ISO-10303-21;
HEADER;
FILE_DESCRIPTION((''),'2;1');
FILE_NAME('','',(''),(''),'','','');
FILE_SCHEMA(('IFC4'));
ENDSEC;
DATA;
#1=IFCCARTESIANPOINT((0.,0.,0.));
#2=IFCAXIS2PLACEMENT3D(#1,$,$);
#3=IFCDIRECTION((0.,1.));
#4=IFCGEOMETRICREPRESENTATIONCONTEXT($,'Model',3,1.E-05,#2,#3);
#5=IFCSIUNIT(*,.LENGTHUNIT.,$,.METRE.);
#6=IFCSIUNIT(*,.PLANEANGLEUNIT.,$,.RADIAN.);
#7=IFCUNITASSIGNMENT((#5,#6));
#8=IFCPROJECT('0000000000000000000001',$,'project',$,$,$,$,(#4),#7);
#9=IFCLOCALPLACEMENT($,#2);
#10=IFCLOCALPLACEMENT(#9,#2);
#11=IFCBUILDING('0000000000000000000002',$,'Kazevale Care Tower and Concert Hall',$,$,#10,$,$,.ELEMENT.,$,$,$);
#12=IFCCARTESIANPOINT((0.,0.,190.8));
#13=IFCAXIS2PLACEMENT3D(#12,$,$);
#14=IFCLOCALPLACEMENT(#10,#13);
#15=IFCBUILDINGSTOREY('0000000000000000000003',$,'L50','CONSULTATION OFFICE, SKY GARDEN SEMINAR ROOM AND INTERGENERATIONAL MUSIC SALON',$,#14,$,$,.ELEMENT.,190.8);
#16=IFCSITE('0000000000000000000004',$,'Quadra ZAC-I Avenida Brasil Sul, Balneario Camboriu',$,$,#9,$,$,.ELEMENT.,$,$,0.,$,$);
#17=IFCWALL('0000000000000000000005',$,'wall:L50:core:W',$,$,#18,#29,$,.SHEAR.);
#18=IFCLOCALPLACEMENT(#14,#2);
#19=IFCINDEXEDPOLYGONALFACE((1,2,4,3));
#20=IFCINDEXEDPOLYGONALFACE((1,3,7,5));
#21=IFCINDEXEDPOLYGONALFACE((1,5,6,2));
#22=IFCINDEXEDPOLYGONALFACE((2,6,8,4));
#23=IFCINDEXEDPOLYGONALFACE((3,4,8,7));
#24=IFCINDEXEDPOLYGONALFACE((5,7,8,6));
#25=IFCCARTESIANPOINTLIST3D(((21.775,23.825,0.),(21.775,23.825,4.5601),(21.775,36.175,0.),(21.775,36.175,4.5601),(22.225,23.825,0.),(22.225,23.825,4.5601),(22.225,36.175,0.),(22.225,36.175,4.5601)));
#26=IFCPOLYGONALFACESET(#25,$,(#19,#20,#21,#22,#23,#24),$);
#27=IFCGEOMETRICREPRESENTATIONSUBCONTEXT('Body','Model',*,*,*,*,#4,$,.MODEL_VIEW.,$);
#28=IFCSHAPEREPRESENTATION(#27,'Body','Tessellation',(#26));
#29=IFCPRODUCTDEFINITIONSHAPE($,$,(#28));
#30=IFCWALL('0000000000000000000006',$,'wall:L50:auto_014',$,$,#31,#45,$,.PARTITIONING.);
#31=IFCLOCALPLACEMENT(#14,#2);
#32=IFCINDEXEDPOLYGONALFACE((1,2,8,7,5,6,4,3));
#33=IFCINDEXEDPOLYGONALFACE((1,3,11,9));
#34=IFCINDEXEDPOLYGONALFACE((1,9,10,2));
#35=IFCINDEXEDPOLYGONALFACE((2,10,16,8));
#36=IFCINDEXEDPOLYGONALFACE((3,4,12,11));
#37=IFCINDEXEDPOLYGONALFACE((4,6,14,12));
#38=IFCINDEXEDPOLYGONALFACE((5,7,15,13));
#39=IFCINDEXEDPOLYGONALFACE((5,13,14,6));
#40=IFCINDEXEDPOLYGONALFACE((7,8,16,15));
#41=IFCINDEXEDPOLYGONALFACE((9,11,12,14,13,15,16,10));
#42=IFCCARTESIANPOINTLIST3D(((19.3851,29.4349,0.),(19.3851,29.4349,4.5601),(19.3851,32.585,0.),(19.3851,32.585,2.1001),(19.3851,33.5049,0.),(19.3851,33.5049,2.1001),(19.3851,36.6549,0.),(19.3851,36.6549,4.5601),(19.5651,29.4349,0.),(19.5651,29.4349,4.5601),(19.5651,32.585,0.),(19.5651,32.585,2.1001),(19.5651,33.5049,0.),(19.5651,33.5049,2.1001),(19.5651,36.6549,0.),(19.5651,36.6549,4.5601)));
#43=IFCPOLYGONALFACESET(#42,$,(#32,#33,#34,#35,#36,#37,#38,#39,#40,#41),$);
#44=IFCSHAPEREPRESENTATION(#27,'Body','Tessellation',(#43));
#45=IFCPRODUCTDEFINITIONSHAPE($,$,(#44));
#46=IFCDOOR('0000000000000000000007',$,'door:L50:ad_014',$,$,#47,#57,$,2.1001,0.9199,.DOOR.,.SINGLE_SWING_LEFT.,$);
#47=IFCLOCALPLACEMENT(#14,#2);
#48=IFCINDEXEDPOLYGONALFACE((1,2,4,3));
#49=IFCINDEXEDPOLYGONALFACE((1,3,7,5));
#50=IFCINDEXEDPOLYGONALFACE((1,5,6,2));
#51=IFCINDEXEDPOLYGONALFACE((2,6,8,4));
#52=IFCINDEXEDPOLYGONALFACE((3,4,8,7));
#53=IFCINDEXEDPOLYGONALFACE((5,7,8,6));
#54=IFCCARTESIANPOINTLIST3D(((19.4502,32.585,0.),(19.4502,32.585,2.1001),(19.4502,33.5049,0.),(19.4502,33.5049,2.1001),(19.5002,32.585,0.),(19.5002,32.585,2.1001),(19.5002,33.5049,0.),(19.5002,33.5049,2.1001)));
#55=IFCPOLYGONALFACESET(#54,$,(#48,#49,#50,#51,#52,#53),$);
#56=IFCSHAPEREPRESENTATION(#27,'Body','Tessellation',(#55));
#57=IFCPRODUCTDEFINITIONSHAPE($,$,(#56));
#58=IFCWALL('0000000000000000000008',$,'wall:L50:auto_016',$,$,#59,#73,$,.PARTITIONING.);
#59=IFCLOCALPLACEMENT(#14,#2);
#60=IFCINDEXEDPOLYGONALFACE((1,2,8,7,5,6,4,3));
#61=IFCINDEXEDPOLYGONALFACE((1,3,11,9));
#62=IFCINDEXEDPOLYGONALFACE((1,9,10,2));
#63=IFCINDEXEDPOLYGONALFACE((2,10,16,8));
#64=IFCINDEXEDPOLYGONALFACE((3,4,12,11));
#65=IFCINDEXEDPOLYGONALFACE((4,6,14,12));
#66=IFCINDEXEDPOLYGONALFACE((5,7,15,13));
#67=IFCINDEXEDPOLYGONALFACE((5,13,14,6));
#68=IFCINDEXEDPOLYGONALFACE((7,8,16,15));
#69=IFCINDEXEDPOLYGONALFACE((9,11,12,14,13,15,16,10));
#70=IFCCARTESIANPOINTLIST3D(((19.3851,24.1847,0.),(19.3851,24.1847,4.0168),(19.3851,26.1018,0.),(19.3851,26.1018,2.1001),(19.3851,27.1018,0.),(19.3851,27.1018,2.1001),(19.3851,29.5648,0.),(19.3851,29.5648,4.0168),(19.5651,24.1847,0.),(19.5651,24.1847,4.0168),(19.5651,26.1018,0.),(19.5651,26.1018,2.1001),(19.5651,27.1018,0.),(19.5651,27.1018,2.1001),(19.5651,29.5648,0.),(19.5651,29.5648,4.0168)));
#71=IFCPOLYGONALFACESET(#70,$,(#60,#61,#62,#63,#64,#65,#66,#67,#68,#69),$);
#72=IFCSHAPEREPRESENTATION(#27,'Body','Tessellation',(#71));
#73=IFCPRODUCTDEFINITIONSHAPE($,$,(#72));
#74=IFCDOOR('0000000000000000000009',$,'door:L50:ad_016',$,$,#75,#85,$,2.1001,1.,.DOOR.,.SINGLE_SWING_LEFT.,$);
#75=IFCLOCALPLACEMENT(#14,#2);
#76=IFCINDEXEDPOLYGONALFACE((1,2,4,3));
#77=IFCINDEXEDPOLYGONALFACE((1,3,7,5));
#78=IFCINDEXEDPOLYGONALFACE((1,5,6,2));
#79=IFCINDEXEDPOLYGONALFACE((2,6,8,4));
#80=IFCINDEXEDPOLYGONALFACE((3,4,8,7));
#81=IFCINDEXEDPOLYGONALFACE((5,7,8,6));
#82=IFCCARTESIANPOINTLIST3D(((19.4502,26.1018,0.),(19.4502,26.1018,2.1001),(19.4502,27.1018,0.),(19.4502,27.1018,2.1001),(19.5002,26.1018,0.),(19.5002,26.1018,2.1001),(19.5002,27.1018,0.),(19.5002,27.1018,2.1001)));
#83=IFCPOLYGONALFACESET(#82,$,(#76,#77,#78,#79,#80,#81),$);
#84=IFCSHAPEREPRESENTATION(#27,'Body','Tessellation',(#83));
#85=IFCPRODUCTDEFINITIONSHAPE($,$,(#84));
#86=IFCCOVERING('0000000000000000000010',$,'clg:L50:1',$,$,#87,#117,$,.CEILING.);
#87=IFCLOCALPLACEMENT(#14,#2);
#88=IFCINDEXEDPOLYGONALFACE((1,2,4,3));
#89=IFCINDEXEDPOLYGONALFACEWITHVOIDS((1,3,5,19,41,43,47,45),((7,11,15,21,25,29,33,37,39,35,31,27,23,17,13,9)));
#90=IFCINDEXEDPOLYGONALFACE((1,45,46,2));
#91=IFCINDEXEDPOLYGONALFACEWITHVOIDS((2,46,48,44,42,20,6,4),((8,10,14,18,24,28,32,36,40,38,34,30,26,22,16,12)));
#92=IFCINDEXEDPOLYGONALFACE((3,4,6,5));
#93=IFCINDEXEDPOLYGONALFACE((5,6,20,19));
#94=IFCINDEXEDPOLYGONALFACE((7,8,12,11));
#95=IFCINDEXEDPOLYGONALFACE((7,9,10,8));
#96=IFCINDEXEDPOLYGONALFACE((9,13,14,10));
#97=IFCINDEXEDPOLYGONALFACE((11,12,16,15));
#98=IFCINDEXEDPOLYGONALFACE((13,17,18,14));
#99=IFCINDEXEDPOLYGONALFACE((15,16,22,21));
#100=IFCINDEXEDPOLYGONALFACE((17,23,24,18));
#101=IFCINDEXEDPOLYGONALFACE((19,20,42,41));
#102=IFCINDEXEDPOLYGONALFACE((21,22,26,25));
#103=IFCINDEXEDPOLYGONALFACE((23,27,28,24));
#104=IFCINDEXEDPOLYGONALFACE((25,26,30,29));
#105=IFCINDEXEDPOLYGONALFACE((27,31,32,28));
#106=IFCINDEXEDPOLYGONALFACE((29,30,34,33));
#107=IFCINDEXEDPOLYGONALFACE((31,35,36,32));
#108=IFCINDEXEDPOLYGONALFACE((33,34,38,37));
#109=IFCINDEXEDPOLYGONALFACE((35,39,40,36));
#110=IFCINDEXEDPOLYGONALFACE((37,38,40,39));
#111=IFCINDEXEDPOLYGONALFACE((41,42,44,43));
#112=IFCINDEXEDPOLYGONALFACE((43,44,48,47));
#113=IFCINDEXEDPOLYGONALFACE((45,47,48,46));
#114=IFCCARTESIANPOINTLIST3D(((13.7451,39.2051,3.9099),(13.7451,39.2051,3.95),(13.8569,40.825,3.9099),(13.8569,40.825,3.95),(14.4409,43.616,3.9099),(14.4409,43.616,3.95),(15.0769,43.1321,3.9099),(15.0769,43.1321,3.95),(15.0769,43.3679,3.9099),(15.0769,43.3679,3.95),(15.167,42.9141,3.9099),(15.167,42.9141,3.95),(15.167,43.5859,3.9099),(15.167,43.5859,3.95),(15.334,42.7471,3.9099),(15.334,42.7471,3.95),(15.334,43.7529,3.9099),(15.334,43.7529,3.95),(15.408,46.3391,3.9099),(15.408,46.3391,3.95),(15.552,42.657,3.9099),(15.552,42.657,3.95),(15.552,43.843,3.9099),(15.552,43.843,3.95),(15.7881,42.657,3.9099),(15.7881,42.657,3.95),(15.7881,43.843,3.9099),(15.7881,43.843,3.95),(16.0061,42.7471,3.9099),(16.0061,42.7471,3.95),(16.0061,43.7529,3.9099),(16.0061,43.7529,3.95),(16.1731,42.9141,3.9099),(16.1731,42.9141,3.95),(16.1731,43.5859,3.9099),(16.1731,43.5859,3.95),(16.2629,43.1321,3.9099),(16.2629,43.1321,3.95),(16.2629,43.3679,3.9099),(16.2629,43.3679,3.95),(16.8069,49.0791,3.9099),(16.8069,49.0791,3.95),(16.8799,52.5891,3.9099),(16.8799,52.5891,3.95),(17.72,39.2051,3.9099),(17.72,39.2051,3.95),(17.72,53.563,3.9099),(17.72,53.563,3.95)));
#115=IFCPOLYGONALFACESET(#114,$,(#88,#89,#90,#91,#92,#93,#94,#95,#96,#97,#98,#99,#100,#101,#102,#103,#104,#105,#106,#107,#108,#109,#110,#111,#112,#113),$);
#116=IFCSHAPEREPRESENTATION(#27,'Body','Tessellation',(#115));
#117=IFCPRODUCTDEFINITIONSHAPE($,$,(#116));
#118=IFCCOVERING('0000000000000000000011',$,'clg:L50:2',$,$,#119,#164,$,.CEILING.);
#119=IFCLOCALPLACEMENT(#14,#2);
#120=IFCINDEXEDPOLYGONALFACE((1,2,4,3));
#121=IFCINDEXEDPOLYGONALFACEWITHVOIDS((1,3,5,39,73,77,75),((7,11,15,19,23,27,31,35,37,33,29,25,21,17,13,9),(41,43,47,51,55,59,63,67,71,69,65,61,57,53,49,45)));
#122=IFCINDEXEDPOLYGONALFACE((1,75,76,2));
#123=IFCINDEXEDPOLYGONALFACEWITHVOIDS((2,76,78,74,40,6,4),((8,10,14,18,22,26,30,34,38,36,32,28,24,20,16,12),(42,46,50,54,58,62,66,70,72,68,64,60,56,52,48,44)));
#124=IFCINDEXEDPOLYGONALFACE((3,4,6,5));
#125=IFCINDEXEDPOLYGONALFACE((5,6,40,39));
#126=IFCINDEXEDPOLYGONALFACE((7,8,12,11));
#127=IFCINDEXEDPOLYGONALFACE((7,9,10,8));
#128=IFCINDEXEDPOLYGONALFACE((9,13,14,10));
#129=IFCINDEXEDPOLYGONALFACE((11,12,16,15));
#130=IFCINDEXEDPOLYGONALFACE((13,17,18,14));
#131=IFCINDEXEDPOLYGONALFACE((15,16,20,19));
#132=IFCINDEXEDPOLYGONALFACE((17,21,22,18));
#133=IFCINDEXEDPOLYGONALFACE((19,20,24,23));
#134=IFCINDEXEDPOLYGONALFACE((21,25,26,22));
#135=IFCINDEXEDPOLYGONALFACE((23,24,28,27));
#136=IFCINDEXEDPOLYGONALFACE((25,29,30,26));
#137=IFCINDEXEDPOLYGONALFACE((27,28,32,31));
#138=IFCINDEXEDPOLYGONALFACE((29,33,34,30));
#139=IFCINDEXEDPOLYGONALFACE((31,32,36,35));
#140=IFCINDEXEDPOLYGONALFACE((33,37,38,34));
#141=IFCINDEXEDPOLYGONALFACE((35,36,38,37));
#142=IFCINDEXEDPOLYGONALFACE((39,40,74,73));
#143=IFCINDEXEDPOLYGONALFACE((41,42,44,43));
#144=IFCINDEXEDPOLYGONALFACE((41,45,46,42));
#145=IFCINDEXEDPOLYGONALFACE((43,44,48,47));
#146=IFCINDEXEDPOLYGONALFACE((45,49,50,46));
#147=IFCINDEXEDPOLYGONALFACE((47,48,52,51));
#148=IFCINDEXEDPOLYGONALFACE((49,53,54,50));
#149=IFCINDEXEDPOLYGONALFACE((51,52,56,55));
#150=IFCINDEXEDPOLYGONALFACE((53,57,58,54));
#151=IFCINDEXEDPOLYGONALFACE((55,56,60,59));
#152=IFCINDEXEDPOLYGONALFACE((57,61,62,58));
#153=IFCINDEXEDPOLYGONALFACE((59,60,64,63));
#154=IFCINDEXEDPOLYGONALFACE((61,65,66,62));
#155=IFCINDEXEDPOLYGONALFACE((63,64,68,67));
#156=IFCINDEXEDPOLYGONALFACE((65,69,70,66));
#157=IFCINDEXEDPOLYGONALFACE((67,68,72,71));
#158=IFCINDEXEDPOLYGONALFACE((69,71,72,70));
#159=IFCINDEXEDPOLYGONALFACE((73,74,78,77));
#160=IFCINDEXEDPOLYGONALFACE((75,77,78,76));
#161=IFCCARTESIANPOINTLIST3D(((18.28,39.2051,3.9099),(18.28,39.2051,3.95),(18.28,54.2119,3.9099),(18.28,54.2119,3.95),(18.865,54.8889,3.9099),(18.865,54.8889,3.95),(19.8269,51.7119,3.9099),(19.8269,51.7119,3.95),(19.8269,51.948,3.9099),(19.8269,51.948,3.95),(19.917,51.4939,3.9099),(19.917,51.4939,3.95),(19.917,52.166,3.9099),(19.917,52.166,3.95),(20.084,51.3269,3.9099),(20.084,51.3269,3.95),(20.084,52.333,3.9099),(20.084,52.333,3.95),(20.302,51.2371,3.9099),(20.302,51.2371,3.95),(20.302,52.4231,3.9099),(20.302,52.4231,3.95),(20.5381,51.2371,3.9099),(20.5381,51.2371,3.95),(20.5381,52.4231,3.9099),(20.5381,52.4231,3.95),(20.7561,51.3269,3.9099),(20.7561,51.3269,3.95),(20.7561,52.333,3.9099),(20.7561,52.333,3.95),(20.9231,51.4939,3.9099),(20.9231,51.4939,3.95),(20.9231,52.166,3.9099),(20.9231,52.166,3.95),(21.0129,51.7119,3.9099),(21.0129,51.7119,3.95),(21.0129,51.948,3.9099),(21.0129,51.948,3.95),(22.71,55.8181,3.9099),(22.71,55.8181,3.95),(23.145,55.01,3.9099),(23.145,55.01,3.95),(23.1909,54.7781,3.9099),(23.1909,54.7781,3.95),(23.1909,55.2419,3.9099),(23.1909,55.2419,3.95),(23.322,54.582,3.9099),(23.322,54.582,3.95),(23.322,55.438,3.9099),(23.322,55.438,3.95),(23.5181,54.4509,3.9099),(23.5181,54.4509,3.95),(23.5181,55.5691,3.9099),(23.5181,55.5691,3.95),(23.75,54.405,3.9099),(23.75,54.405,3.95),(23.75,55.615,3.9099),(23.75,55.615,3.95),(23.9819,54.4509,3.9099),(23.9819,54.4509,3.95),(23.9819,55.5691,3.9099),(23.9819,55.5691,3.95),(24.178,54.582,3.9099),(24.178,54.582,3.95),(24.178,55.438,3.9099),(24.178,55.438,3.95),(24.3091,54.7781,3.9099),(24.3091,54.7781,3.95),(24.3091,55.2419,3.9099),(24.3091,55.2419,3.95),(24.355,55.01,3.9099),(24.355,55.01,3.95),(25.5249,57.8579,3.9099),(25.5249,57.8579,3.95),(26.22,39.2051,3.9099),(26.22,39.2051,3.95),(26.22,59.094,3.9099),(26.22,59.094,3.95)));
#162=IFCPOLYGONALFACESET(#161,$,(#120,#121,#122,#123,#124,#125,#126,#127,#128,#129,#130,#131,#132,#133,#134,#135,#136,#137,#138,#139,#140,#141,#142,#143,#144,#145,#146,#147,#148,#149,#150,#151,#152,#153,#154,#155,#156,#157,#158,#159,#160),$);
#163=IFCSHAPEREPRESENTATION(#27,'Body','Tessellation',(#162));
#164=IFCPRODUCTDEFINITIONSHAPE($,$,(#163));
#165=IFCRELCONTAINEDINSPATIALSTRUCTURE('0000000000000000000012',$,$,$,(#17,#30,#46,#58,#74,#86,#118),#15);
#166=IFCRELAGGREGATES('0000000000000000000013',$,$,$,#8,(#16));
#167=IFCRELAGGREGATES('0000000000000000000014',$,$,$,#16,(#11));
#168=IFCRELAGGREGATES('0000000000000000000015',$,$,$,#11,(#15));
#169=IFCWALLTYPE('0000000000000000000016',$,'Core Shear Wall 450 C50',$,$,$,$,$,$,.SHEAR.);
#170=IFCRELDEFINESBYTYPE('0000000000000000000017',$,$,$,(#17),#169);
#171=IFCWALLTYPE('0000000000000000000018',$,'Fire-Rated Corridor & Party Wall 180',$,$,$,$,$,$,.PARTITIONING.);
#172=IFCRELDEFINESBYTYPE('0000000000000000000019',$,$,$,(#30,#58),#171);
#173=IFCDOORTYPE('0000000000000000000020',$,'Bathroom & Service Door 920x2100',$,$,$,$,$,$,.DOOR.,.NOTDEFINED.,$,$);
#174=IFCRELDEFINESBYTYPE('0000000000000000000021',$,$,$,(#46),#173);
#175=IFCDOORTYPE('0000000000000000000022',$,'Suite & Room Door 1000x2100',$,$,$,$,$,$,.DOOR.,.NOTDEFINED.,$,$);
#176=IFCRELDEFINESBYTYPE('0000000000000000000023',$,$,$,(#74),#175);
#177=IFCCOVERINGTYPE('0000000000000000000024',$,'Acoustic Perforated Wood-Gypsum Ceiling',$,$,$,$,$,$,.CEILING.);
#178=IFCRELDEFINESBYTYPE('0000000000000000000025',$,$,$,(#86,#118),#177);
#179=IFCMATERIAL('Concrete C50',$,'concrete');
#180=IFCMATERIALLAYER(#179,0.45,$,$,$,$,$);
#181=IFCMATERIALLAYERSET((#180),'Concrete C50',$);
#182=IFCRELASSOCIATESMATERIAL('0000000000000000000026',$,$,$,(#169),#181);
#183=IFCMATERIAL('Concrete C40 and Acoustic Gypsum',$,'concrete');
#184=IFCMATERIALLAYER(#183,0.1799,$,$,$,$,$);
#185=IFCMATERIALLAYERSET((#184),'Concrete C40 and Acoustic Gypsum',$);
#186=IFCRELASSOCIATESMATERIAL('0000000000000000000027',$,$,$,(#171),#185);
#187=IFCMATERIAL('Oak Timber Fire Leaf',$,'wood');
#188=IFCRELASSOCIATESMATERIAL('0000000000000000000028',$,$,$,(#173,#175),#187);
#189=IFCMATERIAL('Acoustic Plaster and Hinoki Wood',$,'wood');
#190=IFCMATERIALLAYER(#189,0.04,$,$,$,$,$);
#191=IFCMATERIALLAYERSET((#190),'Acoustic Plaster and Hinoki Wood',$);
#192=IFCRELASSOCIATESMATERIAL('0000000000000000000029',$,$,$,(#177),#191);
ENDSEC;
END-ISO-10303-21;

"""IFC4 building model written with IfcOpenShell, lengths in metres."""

from ifc_helpers import new_model, si_unit, direction, frame, frame_2d, origin, place, context, subcontext, project, spatial, polyline, rectangle, outline, extrude, material, layer, layer_set, type_object, element, fill, save


model = new_model("IFC4")

# Units and contexts
model_context = context("Model", 3, precision=1e-05, world=origin(), true_north=direction((0.0, 1.0)))
body_context = subcontext(model_context, "Body", "Model", "MODEL_VIEW")
ifc_project = project(units=[si_unit("LENGTHUNIT", "METRE"), si_unit("PLANEANGLEUNIT", "RADIAN")], contexts=[model_context])

# Site, building, storey
site_placement = place(None, origin())
site = spatial("IfcSite", under=ifc_project, at=site_placement, Name="Quadra ZAC-I Avenida Brasil Sul, Balneario Camboriu", CompositionType="ELEMENT", RefElevation=0.0)
building_placement = place(site_placement, origin())
building = spatial("IfcBuilding", under=site, at=building_placement, Name="Kazevale Care Tower and Concert Hall", CompositionType="ELEMENT")
storey_placement = place(building_placement, frame((0.0, 0.0, 190.8)))
storey = spatial("IfcBuildingStorey", under=building, at=storey_placement, Name="L50", Description="CONSULTATION OFFICE, SKY GARDEN SEMINAR ROOM AND INTERGENERATIONAL MUSIC SALON", CompositionType="ELEMENT", Elevation=190.8)

# Shared definitions
ifc_material_1 = material(Name="Concrete C50", Category="concrete")

# Wall
ifc_layer_1 = layer(ifc_material_1, 0.45)
ifc_layer_set_1 = layer_set([ifc_layer_1], Name="Concrete C50")
wall_type_1 = type_object("IfcWallType", Name="Core Shear Wall 450 C50", PredefinedType="SHEAR", material=ifc_layer_set_1)
wall_1_placement = place(storey_placement, frame((22.0, 23.825, 0.0), z_axis=(0.0, 0.0, 1.0), x_axis=(0.0, 1.0, 0.0)))
element("IfcWall", 1, at=wall_1_placement, inside=storey, type_object=wall_type_1, Name="wall:L50:core:W", PredefinedType="SHEAR", context=body_context, shape_type="SweptSolid", body=[
    extrude(rectangle(XDim=12.3501, YDim=0.45, at=frame_2d((6.175, 0.0))), origin(), (0.0, 0.0, 1.0), 4.5601),
])

# Walls, openings, doors
ifc_material_2 = material(Name="Concrete C40 and Acoustic Gypsum", Category="concrete")
ifc_layer_2 = layer(ifc_material_2, 0.1799)
ifc_layer_set_2 = layer_set([ifc_layer_2], Name="Concrete C40 and Acoustic Gypsum")
wall_type_2 = type_object("IfcWallType", Name="Fire-Rated Corridor & Party Wall 180", PredefinedType="PARTITIONING", material=ifc_layer_set_2)
wall_2_placement = place(storey_placement, frame((19.4751, 29.4351, 0.0), z_axis=(0.0, 0.0, 1.0), x_axis=(0.0, 1.0, 0.0)))
wall_2 = element("IfcWall", 2, at=wall_2_placement, inside=storey, type_object=wall_type_2, Name="wall:L50:auto_014", PredefinedType="PARTITIONING", context=body_context, shape_type="SweptSolid", body=[
    extrude(rectangle(XDim=7.22, YDim=0.1799, at=frame_2d((3.6099, 0.0))), origin(), (0.0, 0.0, 1.0), 4.5601),
])
opening_1_placement = place(wall_2_placement, frame((3.1499, 0.0, 0.0)))
opening_1 = element("IfcOpeningElement", 3, at=opening_1_placement, cuts=wall_2, PredefinedType="OPENING", context=body_context, shape_type="SweptSolid", body=[
    extrude(rectangle(XDim=0.9199, YDim=2.1001, at=frame_2d((0.46, 1.05))), frame((0.0, 0.0999, 0.0), z_axis=(0.0, -1.0, 0.0), x_axis=(1.0, 0.0, 0.0)), (0.0, 0.0, 1.0), 0.2),
])
ifc_material_3 = material(Name="Oak Timber Fire Leaf", Category="wood")
door_type_1 = type_object("IfcDoorType", Name="Bathroom & Service Door 920x2100", OperationType="NOTDEFINED", PredefinedType="DOOR", material=ifc_material_3)
door_1_placement = place(opening_1_placement, origin())
door_1 = element("IfcDoor", 4, at=door_1_placement, inside=storey, type_object=door_type_1, Name="door:L50:ad_014", OperationType="SINGLE_SWING_LEFT", OverallHeight=2.1001, OverallWidth=0.9199, PredefinedType="DOOR", context=body_context, shape_type="SweptSolid", body=[
    extrude(rectangle(XDim=0.9199, YDim=2.1001, at=frame_2d((0.46, 1.05))), frame((0.0, 0.0249, 0.0), z_axis=(0.0, -1.0, 0.0), x_axis=(1.0, 0.0, 0.0)), (0.0, 0.0, 1.0), 0.05),
])
fill(opening_1, door_1)
wall_3_placement = place(storey_placement, frame((19.4751, 24.1848, 0.0), z_axis=(0.0, 0.0, 1.0), x_axis=(0.0, 1.0, 0.0)))
wall_3 = element("IfcWall", 5, at=wall_3_placement, inside=storey, type_object=wall_type_2, Name="wall:L50:auto_016", PredefinedType="PARTITIONING", context=body_context, shape_type="SweptSolid", body=[
    extrude(rectangle(XDim=5.3801, YDim=0.1799, at=frame_2d((2.6899, 0.0))), origin(), (0.0, 0.0, 1.0), 4.0168),
])
opening_2_placement = place(wall_3_placement, frame((1.917, 0.0, 0.0)))
opening_2 = element("IfcOpeningElement", 6, at=opening_2_placement, cuts=wall_3, PredefinedType="OPENING", context=body_context, shape_type="SweptSolid", body=[
    extrude(rectangle(XDim=1.0, YDim=2.1001, at=frame_2d((0.5, 1.05))), frame((0.0, 0.0999, 0.0), z_axis=(0.0, -1.0, 0.0), x_axis=(1.0, 0.0, 0.0)), (0.0, 0.0, 1.0), 0.2),
])
door_type_2 = type_object("IfcDoorType", Name="Suite & Room Door 1000x2100", OperationType="NOTDEFINED", PredefinedType="DOOR", material=ifc_material_3)
door_2_placement = place(opening_2_placement, origin())
door_2 = element("IfcDoor", 7, at=door_2_placement, inside=storey, type_object=door_type_2, Name="door:L50:ad_016", OperationType="SINGLE_SWING_LEFT", OverallHeight=2.1001, OverallWidth=1.0, PredefinedType="DOOR", context=body_context, shape_type="SweptSolid", body=[
    extrude(rectangle(XDim=1.0, YDim=2.1001, at=frame_2d((0.5, 1.05))), frame((0.0, 0.0249, 0.0), z_axis=(0.0, -1.0, 0.0), x_axis=(1.0, 0.0, 0.0)), (0.0, 0.0, 1.0), 0.05),
])
fill(opening_2, door_2)

# Coverings
ifc_material_4 = material(Name="Acoustic Plaster and Hinoki Wood", Category="wood")
ifc_layer_3 = layer(ifc_material_4, 0.04)
ifc_layer_set_3 = layer_set([ifc_layer_3], Name="Acoustic Plaster and Hinoki Wood")
covering_type_1 = type_object("IfcCoveringType", Name="Acoustic Perforated Wood-Gypsum Ceiling", PredefinedType="CEILING", material=ifc_layer_set_3)
covering_1_placement = place(storey_placement, frame((0.0, 0.0, 3.9099)))
element("IfcCovering", 8, at=covering_1_placement, inside=storey, type_object=covering_type_1, Name="clg:L50:1", PredefinedType="CEILING", context=body_context, shape_type="SweptSolid", body=[
    extrude(outline(polyline([(15.408, 46.3391), (16.8069, 49.0791), (16.8799, 52.5891), (17.72, 53.563), (17.72, 39.2051), (13.7451, 39.2051), (13.8569, 40.825), (14.4409, 43.616), (15.408, 46.3391)]), holes=[polyline([(16.2629, 43.3679), (16.1731, 43.5859), (16.0061, 43.7529), (15.7881, 43.843), (15.552, 43.843), (15.334, 43.7529), (15.167, 43.5859), (15.0769, 43.3679), (15.0769, 43.1321), (15.167, 42.9141), (15.334, 42.7471), (15.552, 42.657), (15.7881, 42.657), (16.0061, 42.7471), (16.1731, 42.9141), (16.2629, 43.1321), (16.2629, 43.3679)])]), origin(), (0.0, 0.0, 1.0), 0.04),
])
covering_2_placement = place(storey_placement, frame((0.0, 0.0, 3.9099)))
element("IfcCovering", 9, at=covering_2_placement, inside=storey, type_object=covering_type_1, Name="clg:L50:2", PredefinedType="CEILING", context=body_context, shape_type="SweptSolid", body=[
    extrude(outline(polyline([(26.22, 39.2051), (18.28, 39.2051), (18.28, 54.2119), (18.865, 54.8889), (22.71, 55.8181), (25.5249, 57.8579), (26.22, 59.094), (26.22, 39.2051)]), holes=[polyline([(24.3091, 55.2419), (24.178, 55.438), (23.9819, 55.5691), (23.75, 55.615), (23.5181, 55.5691), (23.322, 55.438), (23.1909, 55.2419), (23.145, 55.01), (23.1909, 54.7781), (23.322, 54.582), (23.5181, 54.4509), (23.75, 54.405), (23.9819, 54.4509), (24.178, 54.582), (24.3091, 54.7781), (24.355, 55.01), (24.3091, 55.2419)]), polyline([(21.0129, 51.948), (20.9231, 52.166), (20.7561, 52.333), (20.5381, 52.4231), (20.302, 52.4231), (20.084, 52.333), (19.917, 52.166), (19.8269, 51.948), (19.8269, 51.7119), (19.917, 51.4939), (20.084, 51.3269), (20.302, 51.2371), (20.5381, 51.2371), (20.7561, 51.3269), (20.9231, 51.4939), (21.0129, 51.7119), (21.0129, 51.948)])]), origin(), (0.0, 0.0, 1.0), 0.04),
])

save(model, "model.ifc")
